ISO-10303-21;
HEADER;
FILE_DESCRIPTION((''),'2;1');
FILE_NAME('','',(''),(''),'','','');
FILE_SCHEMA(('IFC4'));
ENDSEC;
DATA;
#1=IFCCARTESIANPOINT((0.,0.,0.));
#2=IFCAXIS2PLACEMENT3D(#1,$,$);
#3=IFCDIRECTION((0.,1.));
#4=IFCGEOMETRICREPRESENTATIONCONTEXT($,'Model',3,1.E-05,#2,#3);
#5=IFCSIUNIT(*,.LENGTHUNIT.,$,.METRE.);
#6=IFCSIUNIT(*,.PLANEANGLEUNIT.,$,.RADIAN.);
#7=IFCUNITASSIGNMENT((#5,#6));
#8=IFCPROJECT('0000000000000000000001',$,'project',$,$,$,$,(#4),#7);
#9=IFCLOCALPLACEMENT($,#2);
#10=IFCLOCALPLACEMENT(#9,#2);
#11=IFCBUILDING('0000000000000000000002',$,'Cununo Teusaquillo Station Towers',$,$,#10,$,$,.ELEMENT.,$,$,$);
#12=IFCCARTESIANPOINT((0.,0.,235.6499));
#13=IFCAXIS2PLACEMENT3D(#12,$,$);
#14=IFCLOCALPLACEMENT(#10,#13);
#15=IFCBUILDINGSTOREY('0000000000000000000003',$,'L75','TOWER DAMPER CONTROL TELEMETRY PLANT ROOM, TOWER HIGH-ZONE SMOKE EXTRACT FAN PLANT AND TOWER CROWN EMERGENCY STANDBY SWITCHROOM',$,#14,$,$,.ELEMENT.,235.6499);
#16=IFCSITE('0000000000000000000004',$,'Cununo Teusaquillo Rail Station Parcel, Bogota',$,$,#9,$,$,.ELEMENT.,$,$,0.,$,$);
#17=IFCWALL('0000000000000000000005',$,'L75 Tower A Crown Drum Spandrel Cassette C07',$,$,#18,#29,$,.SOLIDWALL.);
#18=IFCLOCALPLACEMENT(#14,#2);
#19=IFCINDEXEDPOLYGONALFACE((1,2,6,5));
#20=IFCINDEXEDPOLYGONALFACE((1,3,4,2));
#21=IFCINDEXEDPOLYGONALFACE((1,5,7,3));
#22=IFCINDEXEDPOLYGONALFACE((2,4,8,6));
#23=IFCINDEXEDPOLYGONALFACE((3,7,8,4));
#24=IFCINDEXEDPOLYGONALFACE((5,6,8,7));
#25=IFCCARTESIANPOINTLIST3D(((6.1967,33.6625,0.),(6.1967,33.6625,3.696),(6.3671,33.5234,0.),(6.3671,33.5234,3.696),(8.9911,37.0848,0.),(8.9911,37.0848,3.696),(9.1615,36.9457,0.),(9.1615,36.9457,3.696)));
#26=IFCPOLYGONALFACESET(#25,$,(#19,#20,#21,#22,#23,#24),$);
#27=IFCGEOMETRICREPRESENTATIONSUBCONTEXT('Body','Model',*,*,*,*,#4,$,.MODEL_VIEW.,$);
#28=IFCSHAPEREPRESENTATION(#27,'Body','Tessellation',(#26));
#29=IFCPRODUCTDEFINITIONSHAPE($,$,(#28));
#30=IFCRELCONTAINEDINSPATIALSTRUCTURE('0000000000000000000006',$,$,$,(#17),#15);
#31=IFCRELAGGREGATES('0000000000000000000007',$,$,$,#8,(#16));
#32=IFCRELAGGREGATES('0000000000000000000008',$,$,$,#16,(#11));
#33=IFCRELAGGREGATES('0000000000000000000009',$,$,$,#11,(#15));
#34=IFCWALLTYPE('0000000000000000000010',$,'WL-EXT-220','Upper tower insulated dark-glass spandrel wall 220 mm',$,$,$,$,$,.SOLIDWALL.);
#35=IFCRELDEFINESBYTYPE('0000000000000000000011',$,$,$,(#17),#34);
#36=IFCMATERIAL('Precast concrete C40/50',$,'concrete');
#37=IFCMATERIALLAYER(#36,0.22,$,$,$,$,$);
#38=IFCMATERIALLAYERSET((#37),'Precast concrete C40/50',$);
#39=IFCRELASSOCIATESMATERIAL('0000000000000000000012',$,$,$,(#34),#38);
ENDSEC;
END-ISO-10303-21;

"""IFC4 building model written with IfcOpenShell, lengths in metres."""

from ifc_helpers import new_model, si_unit, direction, frame, frame_2d, origin, place, context, subcontext, project, spatial, rectangle, extrude, material, layer, layer_set, type_object, element, save


model = new_model("IFC4")

# Units and contexts
model_context = context("Model", 3, precision=1e-05, world=origin(), true_north=direction((0.0, 1.0)))
body_context = subcontext(model_context, "Body", "Model", "MODEL_VIEW")
ifc_project = project(units=[si_unit("LENGTHUNIT", "METRE"), si_unit("PLANEANGLEUNIT", "RADIAN")], contexts=[model_context])

# Site, building, storey
site_placement = place(None, origin())
site = spatial("IfcSite", under=ifc_project, at=site_placement, Name="Cununo Teusaquillo Rail Station Parcel, Bogota", CompositionType="ELEMENT", RefElevation=0.0)
building_placement = place(site_placement, origin())
building = spatial("IfcBuilding", under=site, at=building_placement, Name="Cununo Teusaquillo Station Towers", CompositionType="ELEMENT")
storey_placement = place(building_placement, frame((0.0, 0.0, 235.6499)))
storey = spatial("IfcBuildingStorey", under=building, at=storey_placement, Name="L75", Description="TOWER DAMPER CONTROL TELEMETRY PLANT ROOM, TOWER HIGH-ZONE SMOKE EXTRACT FAN PLANT AND TOWER CROWN EMERGENCY STANDBY SWITCHROOM", CompositionType="ELEMENT", Elevation=235.6499)

# Wall
ifc_material_1 = material(Name="Precast concrete C40/50", Category="concrete")
ifc_layer_1 = layer(ifc_material_1, 0.22)
ifc_layer_set_1 = layer_set([ifc_layer_1], Name="Precast concrete C40/50")
wall_type = type_object("IfcWallType", Name="WL-EXT-220", Description="Upper tower insulated dark-glass spandrel wall 220 mm", PredefinedType="SOLIDWALL", material=ifc_layer_set_1)
wall_1_placement = place(storey_placement, frame((6.282, 33.593, 0.0), z_axis=(0.0, 0.0, 1.0), x_axis=(0.632467, 0.774587, 0.0)))
element("IfcWall", 1, at=wall_1_placement, inside=storey, type_object=wall_type, Name="L75 Tower A Crown Drum Spandrel Cassette C07", PredefinedType="SOLIDWALL", context=body_context, shape_type="SweptSolid", body=[
    extrude(rectangle(XDim=4.4182, YDim=0.22, at=frame_2d((2.209, 0.0))), origin(), (0.0, 0.0, 1.0), 3.696),
])

save(model, "model.ifc")
